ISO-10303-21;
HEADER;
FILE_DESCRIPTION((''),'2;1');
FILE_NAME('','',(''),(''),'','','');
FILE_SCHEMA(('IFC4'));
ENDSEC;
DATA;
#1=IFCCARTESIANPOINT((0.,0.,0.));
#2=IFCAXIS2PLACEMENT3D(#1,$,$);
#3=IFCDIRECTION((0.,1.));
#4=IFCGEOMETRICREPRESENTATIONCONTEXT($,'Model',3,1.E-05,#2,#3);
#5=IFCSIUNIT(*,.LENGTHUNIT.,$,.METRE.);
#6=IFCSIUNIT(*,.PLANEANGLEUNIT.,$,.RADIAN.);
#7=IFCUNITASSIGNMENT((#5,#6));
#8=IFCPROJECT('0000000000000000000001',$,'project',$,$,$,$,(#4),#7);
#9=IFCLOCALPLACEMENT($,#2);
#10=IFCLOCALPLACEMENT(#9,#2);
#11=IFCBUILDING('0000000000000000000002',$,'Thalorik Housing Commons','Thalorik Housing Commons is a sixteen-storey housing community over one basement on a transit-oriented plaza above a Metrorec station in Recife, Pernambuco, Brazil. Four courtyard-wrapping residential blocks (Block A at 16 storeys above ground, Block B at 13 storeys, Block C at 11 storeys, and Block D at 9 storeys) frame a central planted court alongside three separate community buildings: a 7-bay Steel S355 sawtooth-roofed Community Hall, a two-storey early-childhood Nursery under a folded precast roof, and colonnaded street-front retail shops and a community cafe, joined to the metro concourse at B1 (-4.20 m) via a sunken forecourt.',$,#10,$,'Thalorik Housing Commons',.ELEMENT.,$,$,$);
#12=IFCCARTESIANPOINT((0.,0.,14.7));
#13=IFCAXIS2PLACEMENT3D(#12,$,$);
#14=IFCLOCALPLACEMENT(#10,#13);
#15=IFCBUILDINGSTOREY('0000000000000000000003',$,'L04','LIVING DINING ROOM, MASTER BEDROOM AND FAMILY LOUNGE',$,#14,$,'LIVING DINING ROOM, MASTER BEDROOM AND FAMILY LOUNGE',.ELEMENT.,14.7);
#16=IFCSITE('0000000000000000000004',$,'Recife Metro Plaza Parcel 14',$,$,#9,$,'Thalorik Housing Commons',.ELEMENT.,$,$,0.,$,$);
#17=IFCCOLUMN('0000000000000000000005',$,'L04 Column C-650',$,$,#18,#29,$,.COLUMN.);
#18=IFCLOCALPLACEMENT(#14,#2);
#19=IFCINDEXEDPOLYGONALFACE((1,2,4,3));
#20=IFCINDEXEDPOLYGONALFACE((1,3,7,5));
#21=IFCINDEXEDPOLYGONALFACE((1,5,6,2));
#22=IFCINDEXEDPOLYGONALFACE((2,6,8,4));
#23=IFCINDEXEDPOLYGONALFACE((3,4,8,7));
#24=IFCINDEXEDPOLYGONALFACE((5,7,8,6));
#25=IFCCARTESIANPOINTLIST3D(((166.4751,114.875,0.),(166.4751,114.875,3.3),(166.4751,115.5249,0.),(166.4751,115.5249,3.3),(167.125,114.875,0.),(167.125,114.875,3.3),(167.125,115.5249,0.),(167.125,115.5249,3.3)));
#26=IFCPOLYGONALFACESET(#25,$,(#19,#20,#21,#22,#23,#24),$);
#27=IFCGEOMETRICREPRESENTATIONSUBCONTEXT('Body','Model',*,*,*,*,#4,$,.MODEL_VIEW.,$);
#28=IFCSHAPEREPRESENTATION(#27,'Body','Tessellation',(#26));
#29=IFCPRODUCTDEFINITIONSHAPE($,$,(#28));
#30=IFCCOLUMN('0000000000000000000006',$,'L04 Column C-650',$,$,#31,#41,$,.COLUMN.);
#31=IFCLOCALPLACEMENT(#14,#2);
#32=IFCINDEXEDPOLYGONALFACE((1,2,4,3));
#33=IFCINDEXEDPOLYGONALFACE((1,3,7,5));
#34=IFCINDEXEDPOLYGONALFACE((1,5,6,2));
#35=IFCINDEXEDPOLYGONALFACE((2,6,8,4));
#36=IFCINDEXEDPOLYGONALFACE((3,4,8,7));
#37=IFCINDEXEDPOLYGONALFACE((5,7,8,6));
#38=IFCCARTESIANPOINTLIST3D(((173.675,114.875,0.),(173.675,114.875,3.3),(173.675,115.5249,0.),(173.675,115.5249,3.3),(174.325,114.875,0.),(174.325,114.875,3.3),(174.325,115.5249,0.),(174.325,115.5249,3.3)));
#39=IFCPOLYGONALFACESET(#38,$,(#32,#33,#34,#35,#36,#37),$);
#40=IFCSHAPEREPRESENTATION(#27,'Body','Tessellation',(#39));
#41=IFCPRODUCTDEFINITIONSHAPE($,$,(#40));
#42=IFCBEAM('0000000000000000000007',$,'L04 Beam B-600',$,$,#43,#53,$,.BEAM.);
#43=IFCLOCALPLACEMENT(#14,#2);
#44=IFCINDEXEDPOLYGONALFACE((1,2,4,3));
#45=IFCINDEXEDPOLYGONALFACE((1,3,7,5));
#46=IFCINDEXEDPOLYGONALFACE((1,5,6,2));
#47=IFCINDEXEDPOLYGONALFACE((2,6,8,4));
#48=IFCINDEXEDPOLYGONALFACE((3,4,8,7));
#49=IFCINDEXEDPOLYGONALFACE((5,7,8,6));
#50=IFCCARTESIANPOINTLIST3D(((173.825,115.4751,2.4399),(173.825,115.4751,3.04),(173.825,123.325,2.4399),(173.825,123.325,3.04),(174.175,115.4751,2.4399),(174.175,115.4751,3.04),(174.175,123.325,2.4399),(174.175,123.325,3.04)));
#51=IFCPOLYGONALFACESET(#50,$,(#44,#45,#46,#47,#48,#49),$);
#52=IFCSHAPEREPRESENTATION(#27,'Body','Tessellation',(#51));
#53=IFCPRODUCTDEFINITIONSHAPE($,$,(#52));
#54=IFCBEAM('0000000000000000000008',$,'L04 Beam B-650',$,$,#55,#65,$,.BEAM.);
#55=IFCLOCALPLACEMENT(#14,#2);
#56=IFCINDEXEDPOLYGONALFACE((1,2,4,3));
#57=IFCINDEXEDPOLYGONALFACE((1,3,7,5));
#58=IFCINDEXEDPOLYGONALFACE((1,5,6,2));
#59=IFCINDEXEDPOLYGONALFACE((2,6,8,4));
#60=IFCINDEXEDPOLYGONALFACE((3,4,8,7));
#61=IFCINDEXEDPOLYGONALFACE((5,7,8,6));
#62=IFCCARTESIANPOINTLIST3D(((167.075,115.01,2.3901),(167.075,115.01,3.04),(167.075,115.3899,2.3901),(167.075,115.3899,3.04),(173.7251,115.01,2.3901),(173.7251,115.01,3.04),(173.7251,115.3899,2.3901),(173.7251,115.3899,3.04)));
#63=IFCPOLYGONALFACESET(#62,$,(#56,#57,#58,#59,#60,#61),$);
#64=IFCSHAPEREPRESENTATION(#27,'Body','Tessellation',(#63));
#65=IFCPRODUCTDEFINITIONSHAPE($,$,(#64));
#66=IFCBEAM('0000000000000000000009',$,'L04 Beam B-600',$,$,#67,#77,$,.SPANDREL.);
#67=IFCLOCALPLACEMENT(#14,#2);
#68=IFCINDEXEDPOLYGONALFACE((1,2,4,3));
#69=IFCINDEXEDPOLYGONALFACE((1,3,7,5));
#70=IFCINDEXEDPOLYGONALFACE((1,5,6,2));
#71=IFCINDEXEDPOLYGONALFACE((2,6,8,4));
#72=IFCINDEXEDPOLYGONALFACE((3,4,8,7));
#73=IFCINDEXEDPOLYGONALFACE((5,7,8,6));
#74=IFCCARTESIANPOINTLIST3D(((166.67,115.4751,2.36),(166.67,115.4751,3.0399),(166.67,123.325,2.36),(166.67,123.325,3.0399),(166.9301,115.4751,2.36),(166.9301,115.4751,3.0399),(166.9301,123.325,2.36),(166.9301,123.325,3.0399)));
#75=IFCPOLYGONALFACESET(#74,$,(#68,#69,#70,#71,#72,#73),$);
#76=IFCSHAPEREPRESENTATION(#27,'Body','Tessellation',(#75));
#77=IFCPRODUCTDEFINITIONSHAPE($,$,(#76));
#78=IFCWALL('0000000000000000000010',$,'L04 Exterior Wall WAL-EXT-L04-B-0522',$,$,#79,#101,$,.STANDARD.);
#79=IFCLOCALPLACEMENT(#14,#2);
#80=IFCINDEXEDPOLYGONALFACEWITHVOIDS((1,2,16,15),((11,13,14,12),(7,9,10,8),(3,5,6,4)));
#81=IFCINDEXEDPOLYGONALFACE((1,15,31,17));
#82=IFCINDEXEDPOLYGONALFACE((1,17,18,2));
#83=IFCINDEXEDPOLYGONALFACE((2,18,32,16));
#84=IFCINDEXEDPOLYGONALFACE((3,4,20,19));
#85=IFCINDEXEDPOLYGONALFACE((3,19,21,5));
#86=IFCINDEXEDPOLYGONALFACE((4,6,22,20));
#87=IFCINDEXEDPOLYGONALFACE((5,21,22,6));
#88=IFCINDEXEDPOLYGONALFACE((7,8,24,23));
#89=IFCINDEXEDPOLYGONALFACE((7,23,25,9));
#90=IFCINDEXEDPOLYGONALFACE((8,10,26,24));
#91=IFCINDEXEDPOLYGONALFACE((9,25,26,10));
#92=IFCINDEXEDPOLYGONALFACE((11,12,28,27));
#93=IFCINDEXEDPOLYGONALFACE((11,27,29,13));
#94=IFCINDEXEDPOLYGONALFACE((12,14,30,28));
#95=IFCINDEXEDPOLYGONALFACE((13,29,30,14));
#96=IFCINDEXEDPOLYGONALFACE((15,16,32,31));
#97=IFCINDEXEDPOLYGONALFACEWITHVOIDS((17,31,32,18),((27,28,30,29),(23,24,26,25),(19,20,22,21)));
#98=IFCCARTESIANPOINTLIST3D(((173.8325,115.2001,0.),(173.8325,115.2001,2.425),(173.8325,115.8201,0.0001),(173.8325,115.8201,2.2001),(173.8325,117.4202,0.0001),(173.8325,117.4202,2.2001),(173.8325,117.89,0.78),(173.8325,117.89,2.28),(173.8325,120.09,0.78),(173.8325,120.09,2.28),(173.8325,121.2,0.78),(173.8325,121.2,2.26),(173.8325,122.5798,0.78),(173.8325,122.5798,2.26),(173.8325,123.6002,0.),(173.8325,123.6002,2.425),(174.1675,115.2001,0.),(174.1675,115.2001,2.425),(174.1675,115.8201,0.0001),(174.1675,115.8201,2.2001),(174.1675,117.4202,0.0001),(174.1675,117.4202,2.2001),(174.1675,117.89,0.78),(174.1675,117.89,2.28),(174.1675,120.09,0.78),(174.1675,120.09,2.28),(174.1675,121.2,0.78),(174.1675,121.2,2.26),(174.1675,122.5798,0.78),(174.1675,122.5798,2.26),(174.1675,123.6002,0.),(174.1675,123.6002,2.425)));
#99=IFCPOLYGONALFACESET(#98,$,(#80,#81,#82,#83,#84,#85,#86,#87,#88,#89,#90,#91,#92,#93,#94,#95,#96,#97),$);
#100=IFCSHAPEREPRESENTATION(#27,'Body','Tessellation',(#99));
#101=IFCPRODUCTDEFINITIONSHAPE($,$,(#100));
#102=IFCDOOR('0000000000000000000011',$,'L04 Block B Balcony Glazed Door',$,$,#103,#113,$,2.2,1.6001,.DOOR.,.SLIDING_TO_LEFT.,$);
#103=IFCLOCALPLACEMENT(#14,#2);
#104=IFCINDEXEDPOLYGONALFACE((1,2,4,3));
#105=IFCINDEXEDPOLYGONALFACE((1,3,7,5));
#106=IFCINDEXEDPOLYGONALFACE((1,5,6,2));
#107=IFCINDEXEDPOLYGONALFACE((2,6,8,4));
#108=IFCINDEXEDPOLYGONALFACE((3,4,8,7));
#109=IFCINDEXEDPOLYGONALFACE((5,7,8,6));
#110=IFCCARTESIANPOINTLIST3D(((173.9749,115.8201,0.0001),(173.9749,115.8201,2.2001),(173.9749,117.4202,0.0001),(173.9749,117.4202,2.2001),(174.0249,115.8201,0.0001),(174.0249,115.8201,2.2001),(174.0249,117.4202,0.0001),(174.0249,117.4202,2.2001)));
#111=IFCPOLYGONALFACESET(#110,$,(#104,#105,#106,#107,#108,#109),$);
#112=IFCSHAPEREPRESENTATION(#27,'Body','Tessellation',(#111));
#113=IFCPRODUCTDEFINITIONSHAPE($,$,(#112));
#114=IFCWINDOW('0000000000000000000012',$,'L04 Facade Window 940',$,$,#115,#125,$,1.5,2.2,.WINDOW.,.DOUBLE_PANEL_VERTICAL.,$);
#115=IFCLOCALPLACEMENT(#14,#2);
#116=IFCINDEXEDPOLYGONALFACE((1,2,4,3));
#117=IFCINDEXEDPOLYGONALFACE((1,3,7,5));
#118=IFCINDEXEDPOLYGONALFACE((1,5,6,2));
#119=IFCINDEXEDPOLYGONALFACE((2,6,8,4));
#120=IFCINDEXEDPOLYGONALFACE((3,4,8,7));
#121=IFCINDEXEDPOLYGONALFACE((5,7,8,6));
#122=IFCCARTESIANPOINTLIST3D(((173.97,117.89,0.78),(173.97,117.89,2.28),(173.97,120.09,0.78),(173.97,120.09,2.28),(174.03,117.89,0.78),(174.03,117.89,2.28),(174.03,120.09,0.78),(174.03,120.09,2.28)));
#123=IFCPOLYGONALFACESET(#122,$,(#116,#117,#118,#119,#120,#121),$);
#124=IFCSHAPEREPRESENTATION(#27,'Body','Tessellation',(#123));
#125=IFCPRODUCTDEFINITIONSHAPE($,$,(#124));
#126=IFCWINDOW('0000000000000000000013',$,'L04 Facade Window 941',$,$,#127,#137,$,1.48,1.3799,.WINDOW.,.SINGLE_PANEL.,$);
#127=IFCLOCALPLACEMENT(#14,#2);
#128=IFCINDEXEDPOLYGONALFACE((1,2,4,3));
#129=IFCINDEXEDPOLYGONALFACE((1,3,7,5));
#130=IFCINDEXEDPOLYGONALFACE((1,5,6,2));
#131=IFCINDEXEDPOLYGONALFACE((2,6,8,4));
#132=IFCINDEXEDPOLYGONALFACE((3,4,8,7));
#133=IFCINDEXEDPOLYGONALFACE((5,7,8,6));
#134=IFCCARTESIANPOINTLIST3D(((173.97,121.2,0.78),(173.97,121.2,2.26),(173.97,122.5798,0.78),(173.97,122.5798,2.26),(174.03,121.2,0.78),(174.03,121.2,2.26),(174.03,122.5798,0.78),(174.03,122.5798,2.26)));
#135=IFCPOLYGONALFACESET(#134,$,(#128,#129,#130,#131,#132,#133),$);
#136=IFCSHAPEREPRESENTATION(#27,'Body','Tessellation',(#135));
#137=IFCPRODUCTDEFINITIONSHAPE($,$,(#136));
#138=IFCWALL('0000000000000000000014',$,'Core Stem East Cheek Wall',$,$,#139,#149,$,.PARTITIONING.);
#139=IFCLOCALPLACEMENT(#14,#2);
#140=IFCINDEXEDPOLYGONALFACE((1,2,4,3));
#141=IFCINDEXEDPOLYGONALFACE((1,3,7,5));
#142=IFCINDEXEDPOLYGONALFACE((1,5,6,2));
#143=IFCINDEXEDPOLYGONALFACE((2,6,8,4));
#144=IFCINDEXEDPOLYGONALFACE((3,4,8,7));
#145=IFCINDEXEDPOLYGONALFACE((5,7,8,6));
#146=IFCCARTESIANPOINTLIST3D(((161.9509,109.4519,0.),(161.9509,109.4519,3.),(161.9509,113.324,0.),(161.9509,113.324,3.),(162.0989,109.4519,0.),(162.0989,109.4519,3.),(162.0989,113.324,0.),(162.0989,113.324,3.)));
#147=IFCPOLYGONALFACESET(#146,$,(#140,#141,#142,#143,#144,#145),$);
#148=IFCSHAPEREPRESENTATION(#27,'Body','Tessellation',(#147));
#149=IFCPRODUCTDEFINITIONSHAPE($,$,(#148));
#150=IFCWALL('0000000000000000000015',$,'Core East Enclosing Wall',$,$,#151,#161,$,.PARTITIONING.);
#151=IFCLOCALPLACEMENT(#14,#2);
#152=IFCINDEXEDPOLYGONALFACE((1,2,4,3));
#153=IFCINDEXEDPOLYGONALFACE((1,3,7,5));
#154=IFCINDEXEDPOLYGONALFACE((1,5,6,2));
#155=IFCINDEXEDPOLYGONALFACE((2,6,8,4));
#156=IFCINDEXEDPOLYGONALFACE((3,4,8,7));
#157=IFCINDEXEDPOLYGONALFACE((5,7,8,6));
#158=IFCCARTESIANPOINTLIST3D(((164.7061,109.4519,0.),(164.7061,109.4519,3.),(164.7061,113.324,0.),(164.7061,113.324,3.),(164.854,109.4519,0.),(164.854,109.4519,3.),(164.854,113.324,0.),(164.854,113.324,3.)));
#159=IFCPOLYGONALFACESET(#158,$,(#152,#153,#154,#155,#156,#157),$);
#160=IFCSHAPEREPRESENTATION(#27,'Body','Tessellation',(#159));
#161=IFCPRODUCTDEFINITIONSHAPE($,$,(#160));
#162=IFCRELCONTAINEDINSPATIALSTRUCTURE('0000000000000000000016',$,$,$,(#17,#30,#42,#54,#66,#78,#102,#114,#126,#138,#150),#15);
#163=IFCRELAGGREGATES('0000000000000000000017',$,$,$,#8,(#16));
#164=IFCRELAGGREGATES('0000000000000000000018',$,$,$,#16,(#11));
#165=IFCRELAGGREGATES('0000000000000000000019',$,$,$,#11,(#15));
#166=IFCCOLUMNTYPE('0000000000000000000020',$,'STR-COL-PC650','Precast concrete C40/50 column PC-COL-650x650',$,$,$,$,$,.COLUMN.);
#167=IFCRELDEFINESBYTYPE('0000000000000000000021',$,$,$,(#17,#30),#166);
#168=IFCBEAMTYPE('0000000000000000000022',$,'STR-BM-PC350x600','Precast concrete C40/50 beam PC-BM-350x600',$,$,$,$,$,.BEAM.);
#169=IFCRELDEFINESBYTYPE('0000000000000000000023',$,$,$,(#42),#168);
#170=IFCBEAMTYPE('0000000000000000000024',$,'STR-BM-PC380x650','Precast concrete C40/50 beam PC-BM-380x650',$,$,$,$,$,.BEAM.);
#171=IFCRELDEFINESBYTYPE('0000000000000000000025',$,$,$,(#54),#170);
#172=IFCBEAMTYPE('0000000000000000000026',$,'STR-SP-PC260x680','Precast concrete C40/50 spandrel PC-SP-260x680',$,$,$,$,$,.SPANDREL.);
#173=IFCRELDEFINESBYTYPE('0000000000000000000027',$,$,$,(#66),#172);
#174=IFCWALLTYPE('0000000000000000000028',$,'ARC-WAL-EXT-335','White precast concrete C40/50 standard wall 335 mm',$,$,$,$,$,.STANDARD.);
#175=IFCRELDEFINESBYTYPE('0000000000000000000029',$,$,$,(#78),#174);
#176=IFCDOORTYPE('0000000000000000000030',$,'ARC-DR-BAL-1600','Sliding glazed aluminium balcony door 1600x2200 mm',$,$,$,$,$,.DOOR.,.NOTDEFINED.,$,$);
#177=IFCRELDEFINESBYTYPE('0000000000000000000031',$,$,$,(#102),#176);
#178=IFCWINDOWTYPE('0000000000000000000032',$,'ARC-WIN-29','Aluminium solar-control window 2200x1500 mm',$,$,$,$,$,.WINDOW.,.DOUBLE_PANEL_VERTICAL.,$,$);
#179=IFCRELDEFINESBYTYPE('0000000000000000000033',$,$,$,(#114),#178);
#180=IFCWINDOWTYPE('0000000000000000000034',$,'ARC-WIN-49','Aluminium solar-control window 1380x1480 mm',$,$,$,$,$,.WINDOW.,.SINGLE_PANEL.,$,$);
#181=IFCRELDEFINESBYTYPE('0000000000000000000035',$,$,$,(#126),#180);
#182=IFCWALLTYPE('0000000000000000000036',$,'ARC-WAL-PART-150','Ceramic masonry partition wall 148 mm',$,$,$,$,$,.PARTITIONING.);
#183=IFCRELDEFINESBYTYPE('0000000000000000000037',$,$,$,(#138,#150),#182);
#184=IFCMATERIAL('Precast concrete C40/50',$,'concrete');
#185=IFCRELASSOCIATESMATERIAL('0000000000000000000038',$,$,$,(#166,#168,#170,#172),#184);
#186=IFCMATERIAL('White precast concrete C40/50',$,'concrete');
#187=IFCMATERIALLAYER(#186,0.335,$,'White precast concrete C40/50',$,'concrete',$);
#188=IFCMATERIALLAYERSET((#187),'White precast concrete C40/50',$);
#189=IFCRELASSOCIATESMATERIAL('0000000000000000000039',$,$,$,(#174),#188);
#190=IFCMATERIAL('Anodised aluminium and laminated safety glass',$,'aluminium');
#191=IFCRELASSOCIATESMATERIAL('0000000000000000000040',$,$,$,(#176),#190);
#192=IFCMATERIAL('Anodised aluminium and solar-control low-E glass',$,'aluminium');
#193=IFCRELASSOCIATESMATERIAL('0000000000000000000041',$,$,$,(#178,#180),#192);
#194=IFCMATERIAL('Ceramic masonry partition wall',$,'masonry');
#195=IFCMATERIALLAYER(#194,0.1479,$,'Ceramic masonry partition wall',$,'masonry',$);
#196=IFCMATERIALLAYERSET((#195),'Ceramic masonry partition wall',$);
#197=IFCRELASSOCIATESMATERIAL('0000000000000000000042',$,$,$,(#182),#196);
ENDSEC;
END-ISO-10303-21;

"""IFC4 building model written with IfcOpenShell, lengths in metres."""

from ifc_helpers import new_model, si_unit, direction, frame, frame_2d, origin, origin_2d, place, context, subcontext, project, spatial, rectangle, extrude, material, layer, layer_set, material_profile, profile_set, type_object, element, fill, save


model = new_model("IFC4")

# Units and contexts
model_context = context("Model", 3, precision=1e-05, world=origin(), true_north=direction((0.0, 1.0)))
body_context = subcontext(model_context, "Body", "Model", "MODEL_VIEW")
ifc_project = project(units=[si_unit("LENGTHUNIT", "METRE"), si_unit("PLANEANGLEUNIT", "RADIAN")], contexts=[model_context])

# Site, building, storey
site_placement = place(None, origin())
site = spatial("IfcSite", under=ifc_project, at=site_placement, Name="Recife Metro Plaza Parcel 14", LongName="Thalorik Housing Commons", CompositionType="ELEMENT", RefElevation=0.0)
building_placement = place(site_placement, origin())
building = spatial("IfcBuilding", under=site, at=building_placement, Name="Thalorik Housing Commons", Description="Thalorik Housing Commons is a sixteen-storey housing community over one basement on a transit-oriented plaza above a Metrorec station in Recife, Pernambuco, Brazil. Four courtyard-wrapping residential blocks (Block A at 16 storeys above ground, Block B at 13 storeys, Block C at 11 storeys, and Block D at 9 storeys) frame a central planted court alongside three separate community buildings: a 7-bay Steel S355 sawtooth-roofed Community Hall, a two-storey early-childhood Nursery under a folded precast roof, and colonnaded street-front retail shops and a community cafe, joined to the metro concourse at B1 (-4.20 m) via a sunken forecourt.", LongName="Thalorik Housing Commons", CompositionType="ELEMENT")
storey_placement = place(building_placement, frame((0.0, 0.0, 14.7)))
storey = spatial("IfcBuildingStorey", under=building, at=storey_placement, Name="L04", Description="LIVING DINING ROOM, MASTER BEDROOM AND FAMILY LOUNGE", LongName="LIVING DINING ROOM, MASTER BEDROOM AND FAMILY LOUNGE", CompositionType="ELEMENT", Elevation=14.7)

# Columns
ifc_material_1 = material(Name="Precast concrete C40/50", Category="concrete")
ifc_material_profile_1 = material_profile(ifc_material_1, rectangle(XDim=0.6499, YDim=0.6499, at=origin_2d()), Name="PC 650x650", Category="concrete")
ifc_profile_set_1 = profile_set([ifc_material_profile_1], Name="Precast concrete C40/50")
column_type = type_object("IfcColumnType", Name="STR-COL-PC650", Description="Precast concrete C40/50 column PC-COL-650x650", PredefinedType="COLUMN", material=ifc_profile_set_1)
for number, where, z_axis, x_axis, name in (
    (1, (166.8, 115.2, 0.0), (0.0, 0.0, 1.0), (1.0, 0.0, 0.0), "L04 Column C-650"),
    (2, (174.0, 115.2, 0.0), (0.0, 0.0, 1.0), (1.0, 0.0, 0.0), "L04 Column C-650"),
):
    element("IfcColumn", number, at=place(storey_placement, frame(where, z_axis=z_axis, x_axis=x_axis)), inside=storey, type_object=column_type, Name=name, PredefinedType="COLUMN", context=body_context, shape_type="SweptSolid", body=[
        extrude(rectangle(XDim=0.6499, YDim=0.6499, at=origin_2d()), origin(), (0.0, 0.0, 1.0), 3.3),
    ])

# Beams
ifc_material_profile_2 = material_profile(ifc_material_1, rectangle(XDim=0.3501, YDim=0.6001, at=origin_2d()), Name="PC 350x600", Category="concrete")
ifc_profile_set_2 = profile_set([ifc_material_profile_2], Name="Precast concrete C40/50")
beam_type_1 = type_object("IfcBeamType", Name="STR-BM-PC350x600", Description="Precast concrete C40/50 beam PC-BM-350x600", PredefinedType="BEAM", material=ifc_profile_set_2)
beam_1_placement = place(storey_placement, frame((174.0, 115.4751, 2.74), z_axis=(0.0, 1.0, 0.0), x_axis=(-1.0, 0.0, 0.0)))
element("IfcBeam", 3, at=beam_1_placement, inside=storey, type_object=beam_type_1, Name="L04 Beam B-600", PredefinedType="BEAM", context=body_context, shape_type="SweptSolid", body=[
    extrude(rectangle(XDim=0.3501, YDim=0.6001, at=origin_2d()), origin(), (0.0, 0.0, 1.0), 7.8499),
])
ifc_material_profile_3 = material_profile(ifc_material_1, rectangle(XDim=0.3799, YDim=0.6499, at=origin_2d()), Name="PC 380x650", Category="concrete")
ifc_profile_set_3 = profile_set([ifc_material_profile_3], Name="Precast concrete C40/50")
beam_type_2 = type_object("IfcBeamType", Name="STR-BM-PC380x650", Description="Precast concrete C40/50 beam PC-BM-380x650", PredefinedType="BEAM", material=ifc_profile_set_3)
beam_2_placement = place(storey_placement, frame((167.075, 115.2, 2.7151), z_axis=(1.0, 0.0, 0.0), x_axis=(0.0, 1.0, 0.0)))
element("IfcBeam", 4, at=beam_2_placement, inside=storey, type_object=beam_type_2, Name="L04 Beam B-650", PredefinedType="BEAM", context=body_context, shape_type="SweptSolid", body=[
    extrude(rectangle(XDim=0.3799, YDim=0.6499, at=origin_2d()), origin(), (0.0, 0.0, 1.0), 6.6501),
])
ifc_material_profile_4 = material_profile(ifc_material_1, rectangle(XDim=0.26, YDim=0.6799, at=origin_2d()), Name="PC SP 260x680", Category="concrete")
ifc_profile_set_4 = profile_set([ifc_material_profile_4], Name="Precast concrete C40/50")
beam_type_3 = type_object("IfcBeamType", Name="STR-SP-PC260x680", Description="Precast concrete C40/50 spandrel PC-SP-260x680", PredefinedType="SPANDREL", material=ifc_profile_set_4)
beam_3_placement = place(storey_placement, frame((166.8, 115.4751, 2.7), z_axis=(0.0, 1.0, 0.0), x_axis=(-1.0, 0.0, 0.0)))
element("IfcBeam", 5, at=beam_3_placement, inside=storey, type_object=beam_type_3, Name="L04 Beam B-600", PredefinedType="SPANDREL", context=body_context, shape_type="SweptSolid", body=[
    extrude(rectangle(XDim=0.26, YDim=0.6799, at=origin_2d()), origin(), (0.0, 0.0, 1.0), 7.8499),
])

# Wall, openings, door, windows
ifc_material_2 = material(Name="White precast concrete C40/50", Category="concrete")
ifc_layer_1 = layer(ifc_material_2, 0.335, Name="White precast concrete C40/50", Category="concrete")
ifc_layer_set_1 = layer_set([ifc_layer_1], Name="White precast concrete C40/50")
wall_type_1 = type_object("IfcWallType", Name="ARC-WAL-EXT-335", Description="White precast concrete C40/50 standard wall 335 mm", PredefinedType="STANDARD", material=ifc_layer_set_1)
wall_1_placement = place(storey_placement, frame((174.0, 115.2, 0.0), z_axis=(0.0, 0.0, 1.0), x_axis=(0.0, 1.0, 0.0)))
wall_1 = element("IfcWall", 6, at=wall_1_placement, inside=storey, type_object=wall_type_1, Name="L04 Exterior Wall WAL-EXT-L04-B-0522", PredefinedType="STANDARD", context=body_context, shape_type="SweptSolid", body=[
    extrude(rectangle(XDim=8.4001, YDim=0.335, at=frame_2d((4.2002, 0.0))), origin(), (0.0, 0.0, 1.0), 2.425),
])
opening_1_placement = place(wall_1_placement, frame((0.6201, 0.0, 0.0)))
opening_1 = element("IfcOpeningElement", 7, at=opening_1_placement, cuts=wall_1, PredefinedType="OPENING", context=body_context, shape_type="SweptSolid", body=[
    extrude(rectangle(XDim=1.6001, YDim=2.2, at=frame_2d((0.8, 1.1001))), frame((0.0, 0.1775, 0.0), z_axis=(0.0, -1.0, 0.0), x_axis=(1.0, 0.0, 0.0)), (0.0, 0.0, 1.0), 0.355),
])
opening_2_placement = place(wall_1_placement, frame((2.6899, 0.0, 0.78)))
opening_2 = element("IfcOpeningElement", 8, at=opening_2_placement, cuts=wall_1, PredefinedType="OPENING", context=body_context, shape_type="SweptSolid", body=[
    extrude(rectangle(XDim=2.2, YDim=1.5, at=frame_2d((1.1001, 0.75))), frame((0.0, 0.1775, 0.0), z_axis=(0.0, -1.0, 0.0), x_axis=(1.0, 0.0, 0.0)), (0.0, 0.0, 1.0), 0.355),
])
opening_3_placement = place(wall_1_placement, frame((6.0, 0.0, 0.78)))
opening_3 = element("IfcOpeningElement", 9, at=opening_3_placement, cuts=wall_1, PredefinedType="OPENING", context=body_context, shape_type="SweptSolid", body=[
    extrude(rectangle(XDim=1.3799, YDim=1.48, at=frame_2d((0.6899, 0.74))), frame((0.0, 0.1775, 0.0), z_axis=(0.0, -1.0, 0.0), x_axis=(1.0, 0.0, 0.0)), (0.0, 0.0, 1.0), 0.355),
])
ifc_material_3 = material(Name="Anodised aluminium and laminated safety glass", Category="aluminium")
door_type_1 = type_object("IfcDoorType", Name="ARC-DR-BAL-1600", Description="Sliding glazed aluminium balcony door 1600x2200 mm", OperationType="NOTDEFINED", PredefinedType="DOOR", material=ifc_material_3)
door_1_placement = place(opening_1_placement, frame((1.6001, 0.0, 0.0), z_axis=(0.0, 0.0, 1.0), x_axis=(-1.0, 0.0, 0.0)))
door_1 = element("IfcDoor", 10, at=door_1_placement, inside=storey, type_object=door_type_1, Name="L04 Block B Balcony Glazed Door", OperationType="SLIDING_TO_LEFT", OverallHeight=2.2, OverallWidth=1.6001, PredefinedType="DOOR", context=body_context, shape_type="SweptSolid", body=[
    extrude(rectangle(XDim=1.6001, YDim=2.2, at=frame_2d((0.8, 1.1001))), frame((0.0, 0.0249, 0.0), z_axis=(0.0, -1.0, 0.0), x_axis=(1.0, 0.0, 0.0)), (0.0, 0.0, 1.0), 0.05),
])
fill(opening_1, door_1)
ifc_material_4 = material(Name="Anodised aluminium and solar-control low-E glass", Category="aluminium")
window_type_1 = type_object("IfcWindowType", Name="ARC-WIN-29", Description="Aluminium solar-control window 2200x1500 mm", PartitioningType="DOUBLE_PANEL_VERTICAL", PredefinedType="WINDOW", material=ifc_material_4)
window_1_placement = place(opening_2_placement, origin())
window_1 = element("IfcWindow", 11, at=window_1_placement, inside=storey, type_object=window_type_1, Name="L04 Facade Window 940", OverallHeight=1.5, OverallWidth=2.2, PartitioningType="DOUBLE_PANEL_VERTICAL", PredefinedType="WINDOW", context=body_context, shape_type="SweptSolid", body=[
    extrude(rectangle(XDim=2.2, YDim=1.5, at=frame_2d((1.1001, 0.75))), frame((0.0, 0.03, 0.0), z_axis=(0.0, -1.0, 0.0), x_axis=(1.0, 0.0, 0.0)), (0.0, 0.0, 1.0), 0.0601),
])
fill(opening_2, window_1)
window_type_2 = type_object("IfcWindowType", Name="ARC-WIN-49", Description="Aluminium solar-control window 1380x1480 mm", PartitioningType="SINGLE_PANEL", PredefinedType="WINDOW", material=ifc_material_4)
window_2_placement = place(opening_3_placement, origin())
window_2 = element("IfcWindow", 12, at=window_2_placement, inside=storey, type_object=window_type_2, Name="L04 Facade Window 941", OverallHeight=1.48, OverallWidth=1.3799, PartitioningType="SINGLE_PANEL", PredefinedType="WINDOW", context=body_context, shape_type="SweptSolid", body=[
    extrude(rectangle(XDim=1.3799, YDim=1.48, at=frame_2d((0.6899, 0.74))), frame((0.0, 0.03, 0.0), z_axis=(0.0, -1.0, 0.0), x_axis=(1.0, 0.0, 0.0)), (0.0, 0.0, 1.0), 0.0601),
])
fill(opening_3, window_2)

# Walls
ifc_material_5 = material(Name="Ceramic masonry partition wall", Category="masonry")
ifc_layer_2 = layer(ifc_material_5, 0.1479, Name="Ceramic masonry partition wall", Category="masonry")
ifc_layer_set_2 = layer_set([ifc_layer_2], Name="Ceramic masonry partition wall")
wall_type_2 = type_object("IfcWallType", Name="ARC-WAL-PART-150", Description="Ceramic masonry partition wall 148 mm", PredefinedType="PARTITIONING", material=ifc_layer_set_2)
for number, where, z_axis, x_axis, name in (
    (13, (162.0249, 113.324, 0.0), (0.0, 0.0, 1.0), (0.0, -1.0, 0.0), "Core Stem East Cheek Wall"),
    (14, (164.78, 113.324, 0.0), (0.0, 0.0, 1.0), (0.0, -1.0, 0.0), "Core East Enclosing Wall"),
):
    element("IfcWall", number, at=place(storey_placement, frame(where, z_axis=z_axis, x_axis=x_axis)), inside=storey, type_object=wall_type_2, Name=name, PredefinedType="PARTITIONING", context=body_context, shape_type="SweptSolid", body=[
        extrude(rectangle(XDim=3.8721, YDim=0.1479, at=frame_2d((1.936, 0.0))), origin(), (0.0, 0.0, 1.0), 3.0),
    ])

save(model, "model.ifc")
